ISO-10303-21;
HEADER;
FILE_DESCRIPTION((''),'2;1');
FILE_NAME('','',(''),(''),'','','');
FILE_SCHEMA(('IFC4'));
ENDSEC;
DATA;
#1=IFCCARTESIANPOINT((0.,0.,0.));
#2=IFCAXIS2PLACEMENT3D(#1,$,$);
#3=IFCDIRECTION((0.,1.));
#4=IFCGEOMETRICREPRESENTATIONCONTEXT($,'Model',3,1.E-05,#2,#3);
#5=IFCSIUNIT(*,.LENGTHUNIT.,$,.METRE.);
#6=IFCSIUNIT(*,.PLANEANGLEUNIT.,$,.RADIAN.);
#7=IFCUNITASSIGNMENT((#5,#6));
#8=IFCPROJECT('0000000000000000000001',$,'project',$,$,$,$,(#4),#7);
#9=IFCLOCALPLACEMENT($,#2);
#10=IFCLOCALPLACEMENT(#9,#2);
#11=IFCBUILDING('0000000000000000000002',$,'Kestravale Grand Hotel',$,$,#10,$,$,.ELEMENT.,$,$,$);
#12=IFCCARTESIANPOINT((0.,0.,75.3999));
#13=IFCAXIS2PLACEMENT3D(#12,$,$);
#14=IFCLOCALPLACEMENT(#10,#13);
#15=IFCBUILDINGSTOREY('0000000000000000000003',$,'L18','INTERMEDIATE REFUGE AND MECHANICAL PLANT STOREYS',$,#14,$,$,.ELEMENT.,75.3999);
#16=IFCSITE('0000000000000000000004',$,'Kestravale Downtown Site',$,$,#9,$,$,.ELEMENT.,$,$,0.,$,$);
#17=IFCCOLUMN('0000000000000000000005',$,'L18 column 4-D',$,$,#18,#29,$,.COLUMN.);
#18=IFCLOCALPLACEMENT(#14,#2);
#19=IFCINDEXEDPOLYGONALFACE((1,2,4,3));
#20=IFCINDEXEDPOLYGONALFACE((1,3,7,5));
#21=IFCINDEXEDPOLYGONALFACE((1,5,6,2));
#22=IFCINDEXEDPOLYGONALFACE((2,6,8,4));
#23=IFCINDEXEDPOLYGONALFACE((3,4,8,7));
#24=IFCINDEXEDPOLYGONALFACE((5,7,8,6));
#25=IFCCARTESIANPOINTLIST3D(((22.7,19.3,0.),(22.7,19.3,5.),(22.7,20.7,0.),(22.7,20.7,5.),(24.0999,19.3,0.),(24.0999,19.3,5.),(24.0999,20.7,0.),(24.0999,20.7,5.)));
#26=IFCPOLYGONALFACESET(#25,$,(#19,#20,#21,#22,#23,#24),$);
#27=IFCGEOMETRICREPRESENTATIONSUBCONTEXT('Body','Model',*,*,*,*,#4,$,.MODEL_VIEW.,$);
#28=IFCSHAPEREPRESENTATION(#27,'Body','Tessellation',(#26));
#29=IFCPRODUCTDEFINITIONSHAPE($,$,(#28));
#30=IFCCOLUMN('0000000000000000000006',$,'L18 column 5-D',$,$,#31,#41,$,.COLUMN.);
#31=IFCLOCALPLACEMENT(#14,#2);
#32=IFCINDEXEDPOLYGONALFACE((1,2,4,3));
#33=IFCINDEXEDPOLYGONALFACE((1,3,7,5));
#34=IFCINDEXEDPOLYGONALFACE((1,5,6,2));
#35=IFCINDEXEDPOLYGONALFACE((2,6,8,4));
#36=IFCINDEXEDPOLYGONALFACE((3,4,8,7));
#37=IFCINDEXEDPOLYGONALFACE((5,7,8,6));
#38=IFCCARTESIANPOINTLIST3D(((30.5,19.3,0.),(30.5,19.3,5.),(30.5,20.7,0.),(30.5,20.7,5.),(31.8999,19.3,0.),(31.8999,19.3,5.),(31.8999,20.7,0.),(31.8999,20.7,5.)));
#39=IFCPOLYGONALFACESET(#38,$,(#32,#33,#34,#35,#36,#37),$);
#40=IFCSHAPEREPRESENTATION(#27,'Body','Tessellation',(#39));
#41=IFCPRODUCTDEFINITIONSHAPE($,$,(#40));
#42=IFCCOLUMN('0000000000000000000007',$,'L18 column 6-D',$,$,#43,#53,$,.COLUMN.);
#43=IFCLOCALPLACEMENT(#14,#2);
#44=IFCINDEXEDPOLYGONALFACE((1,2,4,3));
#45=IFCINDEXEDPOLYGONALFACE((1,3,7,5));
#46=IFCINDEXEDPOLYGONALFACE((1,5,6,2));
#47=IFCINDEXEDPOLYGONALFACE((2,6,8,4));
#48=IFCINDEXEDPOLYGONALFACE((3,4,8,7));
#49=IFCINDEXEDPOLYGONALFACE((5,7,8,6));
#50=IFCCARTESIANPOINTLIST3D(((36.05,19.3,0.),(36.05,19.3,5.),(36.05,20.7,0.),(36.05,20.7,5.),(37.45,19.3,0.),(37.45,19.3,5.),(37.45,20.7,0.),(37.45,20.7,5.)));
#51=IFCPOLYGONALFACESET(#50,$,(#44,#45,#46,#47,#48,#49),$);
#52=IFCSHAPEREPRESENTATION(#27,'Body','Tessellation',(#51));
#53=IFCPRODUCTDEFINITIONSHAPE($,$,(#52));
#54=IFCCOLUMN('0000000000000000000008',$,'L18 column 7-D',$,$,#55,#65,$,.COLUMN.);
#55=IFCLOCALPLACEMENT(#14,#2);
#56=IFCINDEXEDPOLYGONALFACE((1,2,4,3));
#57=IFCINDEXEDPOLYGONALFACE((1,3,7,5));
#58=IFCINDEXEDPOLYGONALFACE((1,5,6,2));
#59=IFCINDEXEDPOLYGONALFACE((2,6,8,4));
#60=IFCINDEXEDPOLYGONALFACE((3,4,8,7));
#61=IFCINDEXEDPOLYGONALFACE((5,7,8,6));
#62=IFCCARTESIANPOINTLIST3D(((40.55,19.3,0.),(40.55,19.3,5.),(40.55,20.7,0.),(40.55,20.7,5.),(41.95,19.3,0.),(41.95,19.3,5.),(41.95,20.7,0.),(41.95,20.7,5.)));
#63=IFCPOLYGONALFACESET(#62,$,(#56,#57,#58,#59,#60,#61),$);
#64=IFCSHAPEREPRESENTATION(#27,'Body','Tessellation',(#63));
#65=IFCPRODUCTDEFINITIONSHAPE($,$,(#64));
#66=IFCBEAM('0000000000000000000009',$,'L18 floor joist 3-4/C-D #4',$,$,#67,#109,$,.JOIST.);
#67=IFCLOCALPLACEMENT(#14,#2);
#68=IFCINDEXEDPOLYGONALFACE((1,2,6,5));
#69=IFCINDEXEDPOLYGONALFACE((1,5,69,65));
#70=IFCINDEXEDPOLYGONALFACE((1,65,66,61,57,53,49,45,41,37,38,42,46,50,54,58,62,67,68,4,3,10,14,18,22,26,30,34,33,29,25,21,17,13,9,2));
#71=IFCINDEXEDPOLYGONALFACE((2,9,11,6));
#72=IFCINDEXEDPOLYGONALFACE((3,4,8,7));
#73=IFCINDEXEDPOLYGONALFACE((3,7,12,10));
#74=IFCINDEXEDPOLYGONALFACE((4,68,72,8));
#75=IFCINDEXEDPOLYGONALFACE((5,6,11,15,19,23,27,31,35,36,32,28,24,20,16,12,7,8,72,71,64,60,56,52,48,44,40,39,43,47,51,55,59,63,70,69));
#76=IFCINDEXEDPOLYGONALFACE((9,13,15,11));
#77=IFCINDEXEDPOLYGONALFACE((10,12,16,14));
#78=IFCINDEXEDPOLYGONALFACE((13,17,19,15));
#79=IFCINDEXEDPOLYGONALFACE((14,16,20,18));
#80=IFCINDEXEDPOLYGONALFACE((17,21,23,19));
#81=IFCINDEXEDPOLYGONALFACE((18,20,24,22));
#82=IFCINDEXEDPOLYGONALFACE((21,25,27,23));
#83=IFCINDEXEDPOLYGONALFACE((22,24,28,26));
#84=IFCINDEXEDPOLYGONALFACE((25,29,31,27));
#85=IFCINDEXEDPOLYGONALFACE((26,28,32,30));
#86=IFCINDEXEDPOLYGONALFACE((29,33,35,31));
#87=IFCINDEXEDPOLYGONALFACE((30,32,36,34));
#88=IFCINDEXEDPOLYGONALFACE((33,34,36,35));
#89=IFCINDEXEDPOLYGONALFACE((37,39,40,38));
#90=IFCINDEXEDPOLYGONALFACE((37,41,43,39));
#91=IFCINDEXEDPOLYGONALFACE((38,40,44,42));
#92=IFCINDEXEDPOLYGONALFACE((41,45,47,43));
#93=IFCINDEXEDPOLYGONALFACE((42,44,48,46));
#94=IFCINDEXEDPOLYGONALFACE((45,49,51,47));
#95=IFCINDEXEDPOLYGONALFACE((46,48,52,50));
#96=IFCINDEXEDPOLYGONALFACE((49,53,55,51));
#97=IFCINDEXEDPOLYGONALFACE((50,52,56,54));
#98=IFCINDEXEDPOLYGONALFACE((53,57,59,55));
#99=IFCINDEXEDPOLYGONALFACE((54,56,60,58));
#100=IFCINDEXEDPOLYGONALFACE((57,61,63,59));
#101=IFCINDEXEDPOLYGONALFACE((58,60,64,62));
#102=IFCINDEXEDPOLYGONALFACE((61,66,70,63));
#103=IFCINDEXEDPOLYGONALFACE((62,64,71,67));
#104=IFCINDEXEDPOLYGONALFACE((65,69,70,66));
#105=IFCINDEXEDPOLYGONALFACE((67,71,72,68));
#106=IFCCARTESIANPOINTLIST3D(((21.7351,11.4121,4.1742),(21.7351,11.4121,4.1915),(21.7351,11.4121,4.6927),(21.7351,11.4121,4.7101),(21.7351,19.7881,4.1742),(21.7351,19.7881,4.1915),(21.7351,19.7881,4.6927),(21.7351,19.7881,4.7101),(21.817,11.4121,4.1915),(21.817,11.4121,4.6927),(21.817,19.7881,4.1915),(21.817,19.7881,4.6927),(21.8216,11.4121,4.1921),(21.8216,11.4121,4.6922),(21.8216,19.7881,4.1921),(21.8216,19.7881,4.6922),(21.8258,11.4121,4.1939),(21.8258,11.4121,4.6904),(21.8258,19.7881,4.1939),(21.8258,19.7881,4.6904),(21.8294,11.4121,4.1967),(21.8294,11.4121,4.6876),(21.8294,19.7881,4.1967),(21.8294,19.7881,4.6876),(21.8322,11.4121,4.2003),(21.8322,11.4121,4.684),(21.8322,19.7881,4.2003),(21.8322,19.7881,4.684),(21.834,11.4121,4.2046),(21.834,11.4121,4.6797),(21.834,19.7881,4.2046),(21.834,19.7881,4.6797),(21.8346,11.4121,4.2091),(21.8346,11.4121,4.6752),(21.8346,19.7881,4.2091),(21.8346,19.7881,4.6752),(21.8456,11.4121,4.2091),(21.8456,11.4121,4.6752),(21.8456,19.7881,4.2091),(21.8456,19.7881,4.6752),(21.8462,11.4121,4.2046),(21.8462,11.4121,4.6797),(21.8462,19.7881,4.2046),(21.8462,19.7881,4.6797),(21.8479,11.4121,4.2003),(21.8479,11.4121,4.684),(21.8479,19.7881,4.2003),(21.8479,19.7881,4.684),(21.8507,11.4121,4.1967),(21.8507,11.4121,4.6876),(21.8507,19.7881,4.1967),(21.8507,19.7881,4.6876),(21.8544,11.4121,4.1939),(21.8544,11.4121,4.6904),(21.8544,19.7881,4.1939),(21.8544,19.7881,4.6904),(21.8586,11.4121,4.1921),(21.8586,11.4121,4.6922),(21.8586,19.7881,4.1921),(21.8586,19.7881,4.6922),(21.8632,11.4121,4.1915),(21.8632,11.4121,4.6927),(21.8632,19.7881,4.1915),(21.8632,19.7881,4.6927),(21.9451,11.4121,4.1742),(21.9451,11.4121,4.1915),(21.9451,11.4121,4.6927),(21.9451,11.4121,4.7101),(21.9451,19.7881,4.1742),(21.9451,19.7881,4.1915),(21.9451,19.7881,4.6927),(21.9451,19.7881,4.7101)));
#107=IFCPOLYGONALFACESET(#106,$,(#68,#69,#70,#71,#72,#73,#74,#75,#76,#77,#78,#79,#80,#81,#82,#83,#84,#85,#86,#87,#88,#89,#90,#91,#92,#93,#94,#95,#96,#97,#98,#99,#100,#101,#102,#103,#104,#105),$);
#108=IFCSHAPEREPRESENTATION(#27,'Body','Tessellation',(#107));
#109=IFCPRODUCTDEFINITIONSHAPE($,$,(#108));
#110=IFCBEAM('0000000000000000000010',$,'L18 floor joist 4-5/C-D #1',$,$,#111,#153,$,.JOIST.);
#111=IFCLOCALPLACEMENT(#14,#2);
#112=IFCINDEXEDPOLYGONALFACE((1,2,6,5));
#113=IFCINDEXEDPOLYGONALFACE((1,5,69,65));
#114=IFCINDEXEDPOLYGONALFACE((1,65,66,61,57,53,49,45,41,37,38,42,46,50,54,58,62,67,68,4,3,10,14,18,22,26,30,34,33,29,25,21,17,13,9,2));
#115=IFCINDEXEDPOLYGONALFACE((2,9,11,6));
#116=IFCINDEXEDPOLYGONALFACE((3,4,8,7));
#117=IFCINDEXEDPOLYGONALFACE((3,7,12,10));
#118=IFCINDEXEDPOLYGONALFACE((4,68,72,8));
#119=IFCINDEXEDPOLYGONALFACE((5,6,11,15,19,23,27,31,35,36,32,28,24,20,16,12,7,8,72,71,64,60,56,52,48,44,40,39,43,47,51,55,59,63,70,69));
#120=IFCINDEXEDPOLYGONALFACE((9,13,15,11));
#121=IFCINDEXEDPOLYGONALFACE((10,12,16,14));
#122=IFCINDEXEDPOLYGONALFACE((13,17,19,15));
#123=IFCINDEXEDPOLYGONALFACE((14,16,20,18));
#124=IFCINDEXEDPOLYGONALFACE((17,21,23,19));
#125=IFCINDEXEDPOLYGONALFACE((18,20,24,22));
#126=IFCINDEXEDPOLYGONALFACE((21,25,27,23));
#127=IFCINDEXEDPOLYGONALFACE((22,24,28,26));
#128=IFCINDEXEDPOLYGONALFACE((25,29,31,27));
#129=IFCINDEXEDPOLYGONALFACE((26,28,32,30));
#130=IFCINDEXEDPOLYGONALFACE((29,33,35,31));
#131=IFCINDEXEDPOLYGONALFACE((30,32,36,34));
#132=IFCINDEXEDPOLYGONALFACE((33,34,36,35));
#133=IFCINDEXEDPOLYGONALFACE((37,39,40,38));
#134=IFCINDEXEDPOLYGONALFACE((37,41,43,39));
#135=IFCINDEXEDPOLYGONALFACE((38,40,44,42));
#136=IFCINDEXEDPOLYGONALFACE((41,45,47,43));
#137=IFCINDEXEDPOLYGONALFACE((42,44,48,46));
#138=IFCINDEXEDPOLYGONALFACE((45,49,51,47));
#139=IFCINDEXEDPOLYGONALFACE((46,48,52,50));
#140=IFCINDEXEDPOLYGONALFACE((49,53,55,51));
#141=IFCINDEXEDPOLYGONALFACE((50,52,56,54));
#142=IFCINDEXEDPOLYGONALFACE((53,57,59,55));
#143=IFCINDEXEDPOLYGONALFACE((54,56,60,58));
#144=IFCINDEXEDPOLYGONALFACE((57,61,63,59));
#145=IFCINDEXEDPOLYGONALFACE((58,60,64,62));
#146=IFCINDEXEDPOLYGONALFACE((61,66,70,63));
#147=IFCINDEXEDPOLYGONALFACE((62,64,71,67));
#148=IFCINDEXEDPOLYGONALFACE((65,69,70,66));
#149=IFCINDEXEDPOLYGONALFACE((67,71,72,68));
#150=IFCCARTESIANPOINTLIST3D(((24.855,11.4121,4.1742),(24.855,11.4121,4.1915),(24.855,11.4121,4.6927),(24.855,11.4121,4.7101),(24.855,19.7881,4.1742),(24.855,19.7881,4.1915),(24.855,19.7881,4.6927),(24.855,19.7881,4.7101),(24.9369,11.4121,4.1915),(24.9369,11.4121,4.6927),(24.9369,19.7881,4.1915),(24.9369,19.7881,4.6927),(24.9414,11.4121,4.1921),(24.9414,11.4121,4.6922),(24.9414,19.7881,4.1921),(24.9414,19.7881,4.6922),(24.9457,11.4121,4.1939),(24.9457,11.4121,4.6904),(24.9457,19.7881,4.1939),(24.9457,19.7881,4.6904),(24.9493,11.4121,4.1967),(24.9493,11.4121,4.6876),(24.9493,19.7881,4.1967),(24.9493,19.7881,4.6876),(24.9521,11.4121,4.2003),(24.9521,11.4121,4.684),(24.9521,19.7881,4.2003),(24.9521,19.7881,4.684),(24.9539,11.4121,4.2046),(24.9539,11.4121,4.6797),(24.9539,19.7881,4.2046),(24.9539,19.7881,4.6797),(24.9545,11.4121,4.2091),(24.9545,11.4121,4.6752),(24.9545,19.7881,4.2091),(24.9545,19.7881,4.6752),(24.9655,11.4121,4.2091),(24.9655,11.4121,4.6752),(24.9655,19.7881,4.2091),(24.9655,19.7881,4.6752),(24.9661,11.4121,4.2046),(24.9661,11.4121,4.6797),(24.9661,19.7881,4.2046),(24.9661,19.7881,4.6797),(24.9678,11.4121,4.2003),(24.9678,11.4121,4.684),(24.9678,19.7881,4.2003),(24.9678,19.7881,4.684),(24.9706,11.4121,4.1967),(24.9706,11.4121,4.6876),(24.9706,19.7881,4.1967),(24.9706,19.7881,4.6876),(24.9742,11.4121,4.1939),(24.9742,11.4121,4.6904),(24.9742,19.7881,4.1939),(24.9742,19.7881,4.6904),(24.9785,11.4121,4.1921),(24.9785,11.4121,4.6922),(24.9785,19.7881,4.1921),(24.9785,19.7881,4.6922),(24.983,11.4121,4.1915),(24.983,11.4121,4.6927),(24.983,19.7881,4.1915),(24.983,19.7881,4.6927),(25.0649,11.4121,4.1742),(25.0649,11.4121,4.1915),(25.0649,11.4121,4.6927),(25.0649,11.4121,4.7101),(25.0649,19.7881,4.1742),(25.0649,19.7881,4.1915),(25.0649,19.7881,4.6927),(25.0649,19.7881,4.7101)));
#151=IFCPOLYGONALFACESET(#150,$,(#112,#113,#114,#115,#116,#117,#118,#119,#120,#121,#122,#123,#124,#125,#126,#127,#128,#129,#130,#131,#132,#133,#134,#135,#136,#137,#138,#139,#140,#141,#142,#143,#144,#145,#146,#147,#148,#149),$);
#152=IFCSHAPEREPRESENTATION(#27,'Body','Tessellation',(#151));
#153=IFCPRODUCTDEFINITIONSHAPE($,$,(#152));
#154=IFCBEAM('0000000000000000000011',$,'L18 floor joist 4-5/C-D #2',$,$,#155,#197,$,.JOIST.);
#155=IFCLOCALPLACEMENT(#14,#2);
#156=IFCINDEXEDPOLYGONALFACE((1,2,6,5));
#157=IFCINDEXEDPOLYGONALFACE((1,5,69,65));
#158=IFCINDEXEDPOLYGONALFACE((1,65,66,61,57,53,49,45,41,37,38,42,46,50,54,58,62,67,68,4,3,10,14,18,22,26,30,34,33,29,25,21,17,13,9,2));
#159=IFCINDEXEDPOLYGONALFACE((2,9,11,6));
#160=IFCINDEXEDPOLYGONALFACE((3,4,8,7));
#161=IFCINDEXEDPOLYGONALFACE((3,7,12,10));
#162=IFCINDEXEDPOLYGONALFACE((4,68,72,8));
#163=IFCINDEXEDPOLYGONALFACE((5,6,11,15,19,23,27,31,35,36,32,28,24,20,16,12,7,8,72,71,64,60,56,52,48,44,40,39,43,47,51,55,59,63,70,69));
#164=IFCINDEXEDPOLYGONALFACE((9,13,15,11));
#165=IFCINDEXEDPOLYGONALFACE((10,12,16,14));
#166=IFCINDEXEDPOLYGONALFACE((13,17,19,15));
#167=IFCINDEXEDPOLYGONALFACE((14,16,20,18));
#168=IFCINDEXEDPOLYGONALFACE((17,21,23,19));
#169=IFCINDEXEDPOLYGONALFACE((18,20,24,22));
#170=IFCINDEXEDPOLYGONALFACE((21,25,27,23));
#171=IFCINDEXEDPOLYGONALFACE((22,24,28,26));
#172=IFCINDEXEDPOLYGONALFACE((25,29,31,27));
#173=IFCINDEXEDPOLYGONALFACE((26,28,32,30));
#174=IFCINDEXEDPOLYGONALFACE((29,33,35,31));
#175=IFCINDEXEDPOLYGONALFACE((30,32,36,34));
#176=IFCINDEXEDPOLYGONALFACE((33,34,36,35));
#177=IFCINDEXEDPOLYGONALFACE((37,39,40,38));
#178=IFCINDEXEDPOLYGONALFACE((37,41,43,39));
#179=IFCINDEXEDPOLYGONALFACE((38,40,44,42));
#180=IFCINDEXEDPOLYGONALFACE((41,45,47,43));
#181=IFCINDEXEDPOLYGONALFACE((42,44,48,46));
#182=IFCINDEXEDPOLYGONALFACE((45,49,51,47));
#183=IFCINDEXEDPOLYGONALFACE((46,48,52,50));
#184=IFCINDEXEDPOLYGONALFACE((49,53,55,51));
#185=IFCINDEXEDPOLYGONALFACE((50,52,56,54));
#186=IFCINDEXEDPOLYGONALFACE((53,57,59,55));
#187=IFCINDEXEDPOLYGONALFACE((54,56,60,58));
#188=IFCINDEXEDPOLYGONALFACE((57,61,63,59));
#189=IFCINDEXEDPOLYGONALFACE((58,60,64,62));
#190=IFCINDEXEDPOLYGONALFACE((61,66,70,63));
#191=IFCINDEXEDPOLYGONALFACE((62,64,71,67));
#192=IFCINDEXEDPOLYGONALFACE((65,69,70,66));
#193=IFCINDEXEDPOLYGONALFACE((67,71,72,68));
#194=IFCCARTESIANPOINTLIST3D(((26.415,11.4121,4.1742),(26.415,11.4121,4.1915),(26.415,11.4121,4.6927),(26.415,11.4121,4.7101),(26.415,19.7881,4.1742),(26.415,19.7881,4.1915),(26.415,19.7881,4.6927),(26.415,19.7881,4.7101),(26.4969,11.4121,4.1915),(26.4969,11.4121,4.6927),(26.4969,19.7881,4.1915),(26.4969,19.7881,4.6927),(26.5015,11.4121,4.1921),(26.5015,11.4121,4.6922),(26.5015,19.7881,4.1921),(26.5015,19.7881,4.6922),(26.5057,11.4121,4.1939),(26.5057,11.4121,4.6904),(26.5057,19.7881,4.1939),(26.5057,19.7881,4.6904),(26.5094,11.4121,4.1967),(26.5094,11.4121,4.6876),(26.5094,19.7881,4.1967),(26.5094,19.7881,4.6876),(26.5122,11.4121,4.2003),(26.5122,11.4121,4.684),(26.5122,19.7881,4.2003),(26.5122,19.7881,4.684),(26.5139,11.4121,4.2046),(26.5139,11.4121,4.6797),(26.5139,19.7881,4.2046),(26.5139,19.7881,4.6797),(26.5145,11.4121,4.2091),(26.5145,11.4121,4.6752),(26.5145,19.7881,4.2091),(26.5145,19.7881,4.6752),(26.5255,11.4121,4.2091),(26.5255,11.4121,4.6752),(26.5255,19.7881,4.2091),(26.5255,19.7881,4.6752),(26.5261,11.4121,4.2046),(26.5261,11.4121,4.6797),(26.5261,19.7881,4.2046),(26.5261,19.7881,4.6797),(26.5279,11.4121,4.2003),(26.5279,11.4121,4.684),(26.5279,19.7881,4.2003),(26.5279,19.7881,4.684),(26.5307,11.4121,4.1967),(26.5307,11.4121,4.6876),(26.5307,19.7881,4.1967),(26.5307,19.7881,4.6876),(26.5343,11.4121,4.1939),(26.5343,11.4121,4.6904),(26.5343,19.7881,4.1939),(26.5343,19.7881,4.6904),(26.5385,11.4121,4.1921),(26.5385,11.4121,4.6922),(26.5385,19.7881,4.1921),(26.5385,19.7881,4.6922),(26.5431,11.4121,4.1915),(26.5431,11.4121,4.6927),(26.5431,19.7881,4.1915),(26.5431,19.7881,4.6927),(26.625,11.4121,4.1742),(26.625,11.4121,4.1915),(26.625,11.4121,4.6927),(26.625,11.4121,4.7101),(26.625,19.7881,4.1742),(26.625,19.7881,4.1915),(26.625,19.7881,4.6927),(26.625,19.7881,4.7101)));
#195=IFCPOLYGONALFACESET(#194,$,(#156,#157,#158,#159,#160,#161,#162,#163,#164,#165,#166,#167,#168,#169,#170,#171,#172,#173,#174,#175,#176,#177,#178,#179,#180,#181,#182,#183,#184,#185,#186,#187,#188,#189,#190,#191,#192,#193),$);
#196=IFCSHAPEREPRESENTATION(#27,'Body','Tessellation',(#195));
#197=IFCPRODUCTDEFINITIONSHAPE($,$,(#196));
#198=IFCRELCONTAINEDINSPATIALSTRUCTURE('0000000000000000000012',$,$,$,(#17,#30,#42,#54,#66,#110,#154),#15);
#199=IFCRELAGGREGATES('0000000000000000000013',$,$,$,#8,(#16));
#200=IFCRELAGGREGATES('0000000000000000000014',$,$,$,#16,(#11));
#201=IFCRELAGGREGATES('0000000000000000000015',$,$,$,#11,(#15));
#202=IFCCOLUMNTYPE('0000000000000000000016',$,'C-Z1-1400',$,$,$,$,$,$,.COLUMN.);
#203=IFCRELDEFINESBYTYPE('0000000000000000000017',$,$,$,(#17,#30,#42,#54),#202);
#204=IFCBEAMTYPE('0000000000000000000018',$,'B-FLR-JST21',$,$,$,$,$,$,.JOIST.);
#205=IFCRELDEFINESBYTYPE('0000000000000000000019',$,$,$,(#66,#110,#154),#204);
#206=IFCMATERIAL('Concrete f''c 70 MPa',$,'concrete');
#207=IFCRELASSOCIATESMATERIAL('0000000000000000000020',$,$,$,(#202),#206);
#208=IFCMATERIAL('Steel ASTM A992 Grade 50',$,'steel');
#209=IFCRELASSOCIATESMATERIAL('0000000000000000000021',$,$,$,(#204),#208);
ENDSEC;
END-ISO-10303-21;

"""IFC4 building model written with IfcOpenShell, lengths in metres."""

from ifc_helpers import new_model, si_unit, direction, frame, origin, origin_2d, place, context, subcontext, project, spatial, rectangle, i_section, extrude, material, material_profile, profile_set, type_object, element, save


model = new_model("IFC4")

# Units and contexts
model_context = context("Model", 3, precision=1e-05, world=origin(), true_north=direction((0.0, 1.0)))
body_context = subcontext(model_context, "Body", "Model", "MODEL_VIEW")
ifc_project = project(units=[si_unit("LENGTHUNIT", "METRE"), si_unit("PLANEANGLEUNIT", "RADIAN")], contexts=[model_context])

# Site, building, storey
site_placement = place(None, origin())
site = spatial("IfcSite", under=ifc_project, at=site_placement, Name="Kestravale Downtown Site", CompositionType="ELEMENT", RefElevation=0.0)
building_placement = place(site_placement, origin())
building = spatial("IfcBuilding", under=site, at=building_placement, Name="Kestravale Grand Hotel", CompositionType="ELEMENT")
storey_placement = place(building_placement, frame((0.0, 0.0, 75.3999)))
storey = spatial("IfcBuildingStorey", under=building, at=storey_placement, Name="L18", Description="INTERMEDIATE REFUGE AND MECHANICAL PLANT STOREYS", CompositionType="ELEMENT", Elevation=75.3999)

# Columns
ifc_material_1 = material(Name="Concrete f'c 70 MPa", Category="concrete")
ifc_material_profile_1 = material_profile(ifc_material_1, rectangle(XDim=1.3999, YDim=1.3999, at=origin_2d()))
ifc_profile_set_1 = profile_set([ifc_material_profile_1], Name="Concrete f'c 70 MPa")
column_type = type_object("IfcColumnType", Name="C-Z1-1400", PredefinedType="COLUMN", material=ifc_profile_set_1)
for number, where, z_axis, x_axis, name in (
    (1, (23.3999, 20.0, 0.0), (0.0, 0.0, 1.0), (1.0, 0.0, 0.0), "L18 column 4-D"),
    (2, (31.2, 20.0, 0.0), (0.0, 0.0, 1.0), (1.0, 0.0, 0.0), "L18 column 5-D"),
    (3, (36.75, 20.0, 0.0), (0.0, 0.0, 1.0), (1.0, 0.0, 0.0), "L18 column 6-D"),
    (4, (41.25, 20.0, 0.0), (0.0, 0.0, 1.0), (1.0, 0.0, 0.0), "L18 column 7-D"),
):
    element("IfcColumn", number, at=place(storey_placement, frame(where, z_axis=z_axis, x_axis=x_axis)), inside=storey, type_object=column_type, Name=name, PredefinedType="COLUMN", context=body_context, shape_type="SweptSolid", body=[
        extrude(rectangle(XDim=1.3999, YDim=1.3999, at=origin_2d()), origin(), (0.0, 0.0, 1.0), 5.0),
    ])

# Beams
ifc_material_2 = material(Name="Steel ASTM A992 Grade 50", Category="steel")
ifc_material_profile_2 = material_profile(ifc_material_2, i_section(OverallWidth=0.21, OverallDepth=0.5359, WebThickness=0.011, FlangeThickness=0.0173, FilletRadius=0.0176, at=origin_2d()))
ifc_profile_set_2 = profile_set([ifc_material_profile_2], Name="Steel ASTM A992 Grade 50")
beam_type_1 = type_object("IfcBeamType", Name="B-FLR-JST21", PredefinedType="JOIST", material=ifc_profile_set_2)
for number, where, z_axis, x_axis, name in (
    (5, (21.8401, 11.4121, 4.4421), (0.0, 1.0, 0.0), (-1.0, 0.0, 0.0), "L18 floor joist 3-4/C-D #4"),
    (6, (24.96, 11.4121, 4.4421), (0.0, 1.0, 0.0), (-1.0, 0.0, 0.0), "L18 floor joist 4-5/C-D #1"),
    (7, (26.52, 11.4121, 4.4421), (0.0, 1.0, 0.0), (-1.0, 0.0, 0.0), "L18 floor joist 4-5/C-D #2"),
):
    element("IfcBeam", number, at=place(storey_placement, frame(where, z_axis=z_axis, x_axis=x_axis)), inside=storey, type_object=beam_type_1, Name=name, PredefinedType="JOIST", context=body_context, shape_type="SweptSolid", body=[
        extrude(i_section(OverallWidth=0.21, OverallDepth=0.5359, WebThickness=0.011, FlangeThickness=0.0173, FilletRadius=0.0176, at=origin_2d()), origin(), (0.0, 0.0, 1.0), 8.376),
    ])

save(model, "model.ifc")
